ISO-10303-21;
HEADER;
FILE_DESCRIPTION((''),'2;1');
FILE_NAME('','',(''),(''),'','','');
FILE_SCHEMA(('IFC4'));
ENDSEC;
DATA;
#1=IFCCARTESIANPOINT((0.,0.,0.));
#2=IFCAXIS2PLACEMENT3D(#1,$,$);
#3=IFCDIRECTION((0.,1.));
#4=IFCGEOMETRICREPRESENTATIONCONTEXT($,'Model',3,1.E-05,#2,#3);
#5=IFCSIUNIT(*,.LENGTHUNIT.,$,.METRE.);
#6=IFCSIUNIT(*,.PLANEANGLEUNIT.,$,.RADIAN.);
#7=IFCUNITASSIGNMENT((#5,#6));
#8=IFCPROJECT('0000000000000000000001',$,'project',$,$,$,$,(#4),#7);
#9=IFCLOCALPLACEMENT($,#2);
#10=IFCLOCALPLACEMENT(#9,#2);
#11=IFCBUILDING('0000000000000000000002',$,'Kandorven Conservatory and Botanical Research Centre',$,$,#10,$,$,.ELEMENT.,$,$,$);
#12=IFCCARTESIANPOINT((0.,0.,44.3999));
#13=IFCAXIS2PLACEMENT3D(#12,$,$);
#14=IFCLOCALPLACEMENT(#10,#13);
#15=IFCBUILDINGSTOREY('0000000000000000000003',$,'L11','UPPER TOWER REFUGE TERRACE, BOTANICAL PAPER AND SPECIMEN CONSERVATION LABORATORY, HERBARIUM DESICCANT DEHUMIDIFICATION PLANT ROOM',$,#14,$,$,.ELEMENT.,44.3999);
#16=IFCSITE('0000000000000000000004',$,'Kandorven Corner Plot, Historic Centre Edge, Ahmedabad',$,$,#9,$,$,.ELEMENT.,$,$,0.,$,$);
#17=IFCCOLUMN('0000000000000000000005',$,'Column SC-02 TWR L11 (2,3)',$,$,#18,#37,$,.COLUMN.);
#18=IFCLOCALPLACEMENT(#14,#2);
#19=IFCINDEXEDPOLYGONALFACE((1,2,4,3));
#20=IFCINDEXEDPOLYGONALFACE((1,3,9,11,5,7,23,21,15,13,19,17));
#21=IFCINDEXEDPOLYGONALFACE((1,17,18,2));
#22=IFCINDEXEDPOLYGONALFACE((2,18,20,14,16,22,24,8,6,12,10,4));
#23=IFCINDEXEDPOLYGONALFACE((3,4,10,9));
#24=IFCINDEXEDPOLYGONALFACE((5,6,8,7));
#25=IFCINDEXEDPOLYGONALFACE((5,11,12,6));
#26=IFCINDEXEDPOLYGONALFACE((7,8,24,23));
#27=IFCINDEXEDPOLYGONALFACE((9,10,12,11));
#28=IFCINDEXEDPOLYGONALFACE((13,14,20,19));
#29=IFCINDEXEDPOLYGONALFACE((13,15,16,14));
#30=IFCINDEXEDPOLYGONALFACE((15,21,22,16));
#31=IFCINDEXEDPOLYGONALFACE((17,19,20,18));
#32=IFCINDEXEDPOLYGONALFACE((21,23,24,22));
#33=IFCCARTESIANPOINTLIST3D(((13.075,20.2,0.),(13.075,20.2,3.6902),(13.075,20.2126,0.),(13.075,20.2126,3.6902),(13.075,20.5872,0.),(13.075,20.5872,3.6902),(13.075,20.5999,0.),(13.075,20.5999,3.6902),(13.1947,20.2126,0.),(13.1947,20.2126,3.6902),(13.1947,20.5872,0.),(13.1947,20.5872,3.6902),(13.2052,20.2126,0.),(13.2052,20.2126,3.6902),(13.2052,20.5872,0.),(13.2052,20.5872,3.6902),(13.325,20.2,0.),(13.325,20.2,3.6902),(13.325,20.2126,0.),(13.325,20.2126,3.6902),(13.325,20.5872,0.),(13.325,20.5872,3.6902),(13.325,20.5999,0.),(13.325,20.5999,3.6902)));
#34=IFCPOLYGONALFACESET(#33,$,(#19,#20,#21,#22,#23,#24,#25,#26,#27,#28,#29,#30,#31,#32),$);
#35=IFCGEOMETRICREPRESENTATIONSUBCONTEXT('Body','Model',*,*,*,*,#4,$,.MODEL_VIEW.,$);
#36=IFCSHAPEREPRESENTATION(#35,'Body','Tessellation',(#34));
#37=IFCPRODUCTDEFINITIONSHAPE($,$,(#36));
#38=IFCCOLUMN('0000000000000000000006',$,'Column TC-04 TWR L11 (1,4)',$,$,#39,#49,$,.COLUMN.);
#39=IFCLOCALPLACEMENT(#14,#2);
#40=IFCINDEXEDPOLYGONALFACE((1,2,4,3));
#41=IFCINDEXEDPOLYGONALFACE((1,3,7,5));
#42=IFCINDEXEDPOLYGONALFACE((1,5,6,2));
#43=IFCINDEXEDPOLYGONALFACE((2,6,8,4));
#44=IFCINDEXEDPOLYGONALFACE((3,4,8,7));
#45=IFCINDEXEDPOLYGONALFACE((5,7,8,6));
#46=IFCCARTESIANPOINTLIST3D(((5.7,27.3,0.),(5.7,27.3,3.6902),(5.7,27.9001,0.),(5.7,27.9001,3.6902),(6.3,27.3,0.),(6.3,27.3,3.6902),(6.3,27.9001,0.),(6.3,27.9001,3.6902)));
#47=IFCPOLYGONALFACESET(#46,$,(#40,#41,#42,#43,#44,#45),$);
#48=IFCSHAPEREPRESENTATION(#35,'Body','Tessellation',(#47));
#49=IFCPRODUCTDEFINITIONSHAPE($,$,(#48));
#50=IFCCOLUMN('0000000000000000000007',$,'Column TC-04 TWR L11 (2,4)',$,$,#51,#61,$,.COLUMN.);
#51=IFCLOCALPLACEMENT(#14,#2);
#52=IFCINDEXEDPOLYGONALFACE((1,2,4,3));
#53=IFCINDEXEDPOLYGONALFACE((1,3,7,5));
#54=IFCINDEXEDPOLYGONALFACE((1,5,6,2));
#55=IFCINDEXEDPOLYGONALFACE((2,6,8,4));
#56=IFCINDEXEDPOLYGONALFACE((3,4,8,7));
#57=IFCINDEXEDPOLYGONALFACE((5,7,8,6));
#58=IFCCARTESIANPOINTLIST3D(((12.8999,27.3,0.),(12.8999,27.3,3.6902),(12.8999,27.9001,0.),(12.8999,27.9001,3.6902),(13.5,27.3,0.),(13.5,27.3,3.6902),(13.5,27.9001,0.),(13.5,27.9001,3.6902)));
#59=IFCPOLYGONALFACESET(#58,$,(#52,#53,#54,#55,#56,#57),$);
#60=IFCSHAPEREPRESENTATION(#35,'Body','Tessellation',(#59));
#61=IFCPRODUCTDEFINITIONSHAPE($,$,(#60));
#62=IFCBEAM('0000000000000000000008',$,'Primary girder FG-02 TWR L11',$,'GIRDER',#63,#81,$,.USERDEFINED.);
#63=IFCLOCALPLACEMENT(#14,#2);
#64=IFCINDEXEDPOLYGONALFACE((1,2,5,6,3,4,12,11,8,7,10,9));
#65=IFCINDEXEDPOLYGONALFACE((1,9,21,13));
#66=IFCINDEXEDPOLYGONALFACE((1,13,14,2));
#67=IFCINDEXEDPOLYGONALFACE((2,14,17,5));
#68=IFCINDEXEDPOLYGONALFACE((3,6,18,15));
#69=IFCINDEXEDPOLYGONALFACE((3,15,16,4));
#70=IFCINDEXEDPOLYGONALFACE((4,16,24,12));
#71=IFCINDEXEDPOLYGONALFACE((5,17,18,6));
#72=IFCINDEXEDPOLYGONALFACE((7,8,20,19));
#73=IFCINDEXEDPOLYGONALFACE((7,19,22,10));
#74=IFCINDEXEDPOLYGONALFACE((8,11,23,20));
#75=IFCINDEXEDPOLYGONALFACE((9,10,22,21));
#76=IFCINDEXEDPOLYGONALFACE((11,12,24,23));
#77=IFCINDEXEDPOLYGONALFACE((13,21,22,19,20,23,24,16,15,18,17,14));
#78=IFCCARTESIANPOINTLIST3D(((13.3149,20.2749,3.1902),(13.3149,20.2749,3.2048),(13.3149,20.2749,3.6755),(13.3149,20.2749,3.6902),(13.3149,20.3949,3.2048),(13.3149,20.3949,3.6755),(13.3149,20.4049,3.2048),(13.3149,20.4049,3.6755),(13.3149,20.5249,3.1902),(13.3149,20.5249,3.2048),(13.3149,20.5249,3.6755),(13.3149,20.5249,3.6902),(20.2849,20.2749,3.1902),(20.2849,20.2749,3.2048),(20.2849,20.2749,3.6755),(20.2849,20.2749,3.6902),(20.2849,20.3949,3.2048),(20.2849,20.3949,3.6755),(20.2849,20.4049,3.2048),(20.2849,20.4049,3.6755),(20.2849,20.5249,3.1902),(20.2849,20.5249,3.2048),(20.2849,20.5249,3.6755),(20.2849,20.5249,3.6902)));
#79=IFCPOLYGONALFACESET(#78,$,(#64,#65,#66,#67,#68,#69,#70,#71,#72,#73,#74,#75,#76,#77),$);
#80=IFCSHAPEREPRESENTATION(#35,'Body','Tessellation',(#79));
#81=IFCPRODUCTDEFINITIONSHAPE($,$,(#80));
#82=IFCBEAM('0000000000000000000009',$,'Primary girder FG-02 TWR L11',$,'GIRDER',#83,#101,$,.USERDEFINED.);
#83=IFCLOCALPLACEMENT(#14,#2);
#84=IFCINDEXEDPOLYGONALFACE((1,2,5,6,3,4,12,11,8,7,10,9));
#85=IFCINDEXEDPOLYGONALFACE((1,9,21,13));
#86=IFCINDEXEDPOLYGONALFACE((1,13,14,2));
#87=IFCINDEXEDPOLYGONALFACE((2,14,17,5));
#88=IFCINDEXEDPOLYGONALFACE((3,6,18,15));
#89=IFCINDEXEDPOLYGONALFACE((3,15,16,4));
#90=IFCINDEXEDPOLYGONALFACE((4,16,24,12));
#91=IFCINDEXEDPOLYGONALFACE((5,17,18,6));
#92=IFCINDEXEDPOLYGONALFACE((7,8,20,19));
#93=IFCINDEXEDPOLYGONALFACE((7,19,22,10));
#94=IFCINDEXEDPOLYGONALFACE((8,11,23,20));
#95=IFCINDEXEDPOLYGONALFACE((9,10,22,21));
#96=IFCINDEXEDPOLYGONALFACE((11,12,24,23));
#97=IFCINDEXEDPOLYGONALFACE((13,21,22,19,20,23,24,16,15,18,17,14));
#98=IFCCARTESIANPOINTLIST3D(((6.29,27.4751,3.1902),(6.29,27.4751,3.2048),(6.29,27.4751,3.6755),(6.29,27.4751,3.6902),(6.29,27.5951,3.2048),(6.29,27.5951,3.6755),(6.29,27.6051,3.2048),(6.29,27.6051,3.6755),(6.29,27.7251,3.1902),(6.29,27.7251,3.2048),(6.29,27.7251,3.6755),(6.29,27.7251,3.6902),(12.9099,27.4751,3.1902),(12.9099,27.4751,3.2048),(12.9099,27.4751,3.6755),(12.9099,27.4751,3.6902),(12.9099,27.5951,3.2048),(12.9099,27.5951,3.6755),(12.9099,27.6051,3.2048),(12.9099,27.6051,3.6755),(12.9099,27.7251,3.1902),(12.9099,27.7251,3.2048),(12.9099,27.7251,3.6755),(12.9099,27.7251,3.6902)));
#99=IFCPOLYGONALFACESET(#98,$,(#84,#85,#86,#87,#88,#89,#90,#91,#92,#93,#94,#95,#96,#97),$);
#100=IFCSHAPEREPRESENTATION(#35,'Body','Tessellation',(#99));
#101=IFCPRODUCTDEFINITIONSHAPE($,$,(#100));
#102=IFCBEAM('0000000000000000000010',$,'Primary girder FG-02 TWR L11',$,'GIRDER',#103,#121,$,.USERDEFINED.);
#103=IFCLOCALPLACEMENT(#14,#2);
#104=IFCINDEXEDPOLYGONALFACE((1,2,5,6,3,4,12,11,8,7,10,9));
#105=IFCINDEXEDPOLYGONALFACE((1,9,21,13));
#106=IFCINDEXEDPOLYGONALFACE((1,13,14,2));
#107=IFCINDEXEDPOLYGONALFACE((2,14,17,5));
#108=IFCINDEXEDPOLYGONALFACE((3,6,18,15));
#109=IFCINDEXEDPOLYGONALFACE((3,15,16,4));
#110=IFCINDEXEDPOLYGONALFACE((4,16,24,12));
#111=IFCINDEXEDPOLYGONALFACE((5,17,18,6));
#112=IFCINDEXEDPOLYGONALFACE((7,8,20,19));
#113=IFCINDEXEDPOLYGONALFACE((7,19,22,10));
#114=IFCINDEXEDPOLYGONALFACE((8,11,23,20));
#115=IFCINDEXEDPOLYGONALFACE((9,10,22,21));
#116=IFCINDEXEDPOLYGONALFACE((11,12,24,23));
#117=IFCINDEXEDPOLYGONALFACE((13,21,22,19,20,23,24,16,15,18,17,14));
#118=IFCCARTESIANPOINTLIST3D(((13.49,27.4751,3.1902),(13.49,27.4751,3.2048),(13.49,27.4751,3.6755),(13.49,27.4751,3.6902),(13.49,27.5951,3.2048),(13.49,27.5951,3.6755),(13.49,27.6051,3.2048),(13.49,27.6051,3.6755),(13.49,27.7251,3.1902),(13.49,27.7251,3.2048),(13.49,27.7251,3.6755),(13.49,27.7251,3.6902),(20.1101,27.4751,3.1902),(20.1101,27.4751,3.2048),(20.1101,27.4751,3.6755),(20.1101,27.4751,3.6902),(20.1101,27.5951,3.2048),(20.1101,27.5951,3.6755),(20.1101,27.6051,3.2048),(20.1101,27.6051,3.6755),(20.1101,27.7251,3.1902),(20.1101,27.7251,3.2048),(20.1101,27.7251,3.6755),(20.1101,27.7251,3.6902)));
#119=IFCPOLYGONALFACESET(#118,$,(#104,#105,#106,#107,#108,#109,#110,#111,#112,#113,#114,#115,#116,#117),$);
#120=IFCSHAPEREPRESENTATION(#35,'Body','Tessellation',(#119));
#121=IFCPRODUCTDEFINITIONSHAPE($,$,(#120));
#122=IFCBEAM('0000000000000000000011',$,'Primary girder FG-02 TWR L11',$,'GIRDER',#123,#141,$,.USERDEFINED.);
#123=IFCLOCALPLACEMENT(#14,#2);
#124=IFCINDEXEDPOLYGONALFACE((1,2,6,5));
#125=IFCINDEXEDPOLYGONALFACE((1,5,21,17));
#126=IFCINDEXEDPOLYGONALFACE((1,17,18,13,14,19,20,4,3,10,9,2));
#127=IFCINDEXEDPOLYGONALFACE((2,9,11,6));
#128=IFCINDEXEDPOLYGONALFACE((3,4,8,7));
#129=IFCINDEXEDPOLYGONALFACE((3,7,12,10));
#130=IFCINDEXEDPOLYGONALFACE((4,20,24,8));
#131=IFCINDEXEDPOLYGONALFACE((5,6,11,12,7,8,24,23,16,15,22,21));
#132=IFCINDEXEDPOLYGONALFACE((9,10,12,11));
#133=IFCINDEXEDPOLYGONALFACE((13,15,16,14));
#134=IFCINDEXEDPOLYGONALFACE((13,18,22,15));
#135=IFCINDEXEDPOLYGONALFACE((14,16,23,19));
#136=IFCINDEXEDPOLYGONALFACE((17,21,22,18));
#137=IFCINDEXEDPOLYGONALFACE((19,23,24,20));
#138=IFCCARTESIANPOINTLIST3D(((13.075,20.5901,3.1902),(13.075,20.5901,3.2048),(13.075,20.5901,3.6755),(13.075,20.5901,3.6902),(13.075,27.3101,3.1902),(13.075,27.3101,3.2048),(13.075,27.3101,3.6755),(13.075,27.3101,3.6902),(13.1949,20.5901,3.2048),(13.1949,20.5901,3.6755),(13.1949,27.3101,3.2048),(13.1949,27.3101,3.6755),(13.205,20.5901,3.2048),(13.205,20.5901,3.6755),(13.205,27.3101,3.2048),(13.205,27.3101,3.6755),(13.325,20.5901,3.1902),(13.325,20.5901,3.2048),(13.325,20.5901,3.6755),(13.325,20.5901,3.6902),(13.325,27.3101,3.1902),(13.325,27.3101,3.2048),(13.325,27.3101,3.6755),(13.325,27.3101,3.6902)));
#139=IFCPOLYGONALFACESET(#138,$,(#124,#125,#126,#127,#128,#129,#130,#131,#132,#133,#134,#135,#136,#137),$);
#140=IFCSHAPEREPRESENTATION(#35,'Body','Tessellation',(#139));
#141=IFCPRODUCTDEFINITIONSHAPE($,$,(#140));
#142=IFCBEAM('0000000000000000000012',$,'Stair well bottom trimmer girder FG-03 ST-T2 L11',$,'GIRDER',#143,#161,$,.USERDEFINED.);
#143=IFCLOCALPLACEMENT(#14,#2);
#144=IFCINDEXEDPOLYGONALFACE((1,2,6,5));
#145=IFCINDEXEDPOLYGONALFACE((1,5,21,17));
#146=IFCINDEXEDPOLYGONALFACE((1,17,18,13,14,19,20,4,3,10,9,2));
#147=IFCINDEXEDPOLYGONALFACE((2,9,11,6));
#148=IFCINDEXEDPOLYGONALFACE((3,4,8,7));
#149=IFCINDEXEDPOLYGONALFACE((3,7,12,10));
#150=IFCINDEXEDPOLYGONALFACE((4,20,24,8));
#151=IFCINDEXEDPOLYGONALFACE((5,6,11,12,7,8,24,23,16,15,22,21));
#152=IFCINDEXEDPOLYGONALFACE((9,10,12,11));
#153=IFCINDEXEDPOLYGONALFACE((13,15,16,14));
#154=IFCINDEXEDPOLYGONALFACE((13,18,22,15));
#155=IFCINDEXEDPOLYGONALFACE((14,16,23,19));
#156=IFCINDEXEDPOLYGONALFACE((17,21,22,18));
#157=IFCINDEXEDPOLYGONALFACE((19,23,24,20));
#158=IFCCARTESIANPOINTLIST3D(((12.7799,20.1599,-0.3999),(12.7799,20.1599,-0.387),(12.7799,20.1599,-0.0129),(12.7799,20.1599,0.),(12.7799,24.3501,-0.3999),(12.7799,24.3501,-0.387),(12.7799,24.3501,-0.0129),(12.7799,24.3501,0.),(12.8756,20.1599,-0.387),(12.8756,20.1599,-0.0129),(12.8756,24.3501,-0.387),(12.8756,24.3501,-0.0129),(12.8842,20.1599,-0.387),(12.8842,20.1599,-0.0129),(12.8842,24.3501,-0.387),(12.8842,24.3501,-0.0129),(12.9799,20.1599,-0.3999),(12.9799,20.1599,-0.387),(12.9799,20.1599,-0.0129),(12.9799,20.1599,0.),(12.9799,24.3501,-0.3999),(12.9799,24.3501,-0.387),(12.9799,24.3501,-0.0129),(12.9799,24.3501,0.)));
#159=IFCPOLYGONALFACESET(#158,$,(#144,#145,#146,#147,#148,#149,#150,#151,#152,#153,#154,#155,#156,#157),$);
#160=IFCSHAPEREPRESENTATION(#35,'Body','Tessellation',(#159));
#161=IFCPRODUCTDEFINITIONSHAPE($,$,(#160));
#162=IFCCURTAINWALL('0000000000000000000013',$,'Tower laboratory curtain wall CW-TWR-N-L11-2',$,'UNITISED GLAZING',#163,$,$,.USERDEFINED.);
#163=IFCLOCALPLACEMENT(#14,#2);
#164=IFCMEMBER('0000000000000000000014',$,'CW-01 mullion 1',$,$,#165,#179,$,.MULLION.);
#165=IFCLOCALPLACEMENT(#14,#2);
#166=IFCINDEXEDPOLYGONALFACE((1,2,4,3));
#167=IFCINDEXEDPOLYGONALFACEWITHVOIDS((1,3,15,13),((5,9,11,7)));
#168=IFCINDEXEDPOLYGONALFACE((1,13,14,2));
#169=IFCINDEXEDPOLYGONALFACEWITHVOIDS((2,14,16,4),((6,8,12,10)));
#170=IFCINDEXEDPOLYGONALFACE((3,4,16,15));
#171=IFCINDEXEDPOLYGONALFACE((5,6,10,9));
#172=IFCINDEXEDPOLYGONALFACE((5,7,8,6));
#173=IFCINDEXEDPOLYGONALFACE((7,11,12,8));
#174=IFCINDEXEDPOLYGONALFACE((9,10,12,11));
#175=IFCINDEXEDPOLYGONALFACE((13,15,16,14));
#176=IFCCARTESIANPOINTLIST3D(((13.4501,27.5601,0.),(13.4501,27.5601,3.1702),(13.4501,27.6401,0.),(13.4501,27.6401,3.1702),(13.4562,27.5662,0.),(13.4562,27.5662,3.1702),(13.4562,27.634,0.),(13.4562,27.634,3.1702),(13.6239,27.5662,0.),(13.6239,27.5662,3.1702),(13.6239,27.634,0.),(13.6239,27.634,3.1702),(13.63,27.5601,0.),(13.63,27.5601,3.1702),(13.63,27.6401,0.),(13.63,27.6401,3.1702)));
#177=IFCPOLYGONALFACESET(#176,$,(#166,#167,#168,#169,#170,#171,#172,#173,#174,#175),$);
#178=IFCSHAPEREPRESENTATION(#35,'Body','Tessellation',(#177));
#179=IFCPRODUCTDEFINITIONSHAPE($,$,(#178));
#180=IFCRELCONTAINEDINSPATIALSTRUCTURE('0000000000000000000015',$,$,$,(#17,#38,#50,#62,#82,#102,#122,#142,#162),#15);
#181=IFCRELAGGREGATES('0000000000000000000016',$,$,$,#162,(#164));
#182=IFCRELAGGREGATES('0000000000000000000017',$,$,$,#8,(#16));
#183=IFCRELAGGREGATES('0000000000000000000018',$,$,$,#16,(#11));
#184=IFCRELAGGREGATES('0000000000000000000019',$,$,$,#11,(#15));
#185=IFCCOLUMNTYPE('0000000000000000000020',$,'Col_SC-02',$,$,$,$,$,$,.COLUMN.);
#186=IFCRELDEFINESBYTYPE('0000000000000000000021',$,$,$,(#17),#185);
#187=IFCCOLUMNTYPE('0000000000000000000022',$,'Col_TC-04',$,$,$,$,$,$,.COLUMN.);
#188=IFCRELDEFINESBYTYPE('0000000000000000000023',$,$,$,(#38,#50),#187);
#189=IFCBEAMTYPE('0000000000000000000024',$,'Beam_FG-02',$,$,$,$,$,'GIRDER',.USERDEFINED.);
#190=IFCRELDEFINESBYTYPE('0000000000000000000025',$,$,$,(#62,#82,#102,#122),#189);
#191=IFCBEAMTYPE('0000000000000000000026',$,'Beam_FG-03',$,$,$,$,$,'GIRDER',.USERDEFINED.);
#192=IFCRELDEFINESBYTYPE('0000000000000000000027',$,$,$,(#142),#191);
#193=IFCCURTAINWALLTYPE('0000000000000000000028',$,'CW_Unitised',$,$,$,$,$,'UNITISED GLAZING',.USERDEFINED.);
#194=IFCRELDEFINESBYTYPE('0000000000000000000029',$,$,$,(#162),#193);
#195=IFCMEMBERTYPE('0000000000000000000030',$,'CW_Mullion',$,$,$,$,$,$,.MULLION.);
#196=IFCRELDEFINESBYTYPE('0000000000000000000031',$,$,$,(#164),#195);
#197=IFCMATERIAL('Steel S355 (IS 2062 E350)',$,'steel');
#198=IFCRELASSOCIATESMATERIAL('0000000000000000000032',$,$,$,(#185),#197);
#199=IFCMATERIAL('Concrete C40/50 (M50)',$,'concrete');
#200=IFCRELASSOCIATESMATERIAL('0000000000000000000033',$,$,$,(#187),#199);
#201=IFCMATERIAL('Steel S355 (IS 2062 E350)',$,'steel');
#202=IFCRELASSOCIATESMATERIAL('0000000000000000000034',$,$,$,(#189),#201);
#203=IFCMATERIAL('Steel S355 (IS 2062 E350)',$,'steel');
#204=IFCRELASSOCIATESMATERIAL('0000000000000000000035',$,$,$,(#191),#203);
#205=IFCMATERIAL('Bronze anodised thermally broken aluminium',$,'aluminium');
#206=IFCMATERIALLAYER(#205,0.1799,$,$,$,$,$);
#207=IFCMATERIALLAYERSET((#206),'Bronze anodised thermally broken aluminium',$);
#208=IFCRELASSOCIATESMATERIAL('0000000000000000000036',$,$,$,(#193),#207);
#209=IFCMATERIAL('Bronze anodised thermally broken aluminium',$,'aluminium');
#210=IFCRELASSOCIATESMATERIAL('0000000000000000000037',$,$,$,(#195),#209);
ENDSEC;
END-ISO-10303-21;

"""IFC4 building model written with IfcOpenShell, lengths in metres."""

from ifc_helpers import new_model, si_unit, direction, frame, origin, origin_2d, place, context, subcontext, project, spatial, rectangle, hollow_rectangle, i_section, extrude, material, layer, layer_set, material_profile, profile_set, type_object, element, aggregate, save


model = new_model("IFC4")

# Units and contexts
model_context = context("Model", 3, precision=1e-05, world=origin(), true_north=direction((0.0, 1.0)))
body_context = subcontext(model_context, "Body", "Model", "MODEL_VIEW")
ifc_project = project(units=[si_unit("LENGTHUNIT", "METRE"), si_unit("PLANEANGLEUNIT", "RADIAN")], contexts=[model_context])

# Site, building, storey
site_placement = place(None, origin())
site = spatial("IfcSite", under=ifc_project, at=site_placement, Name="Kandorven Corner Plot, Historic Centre Edge, Ahmedabad", CompositionType="ELEMENT", RefElevation=0.0)
building_placement = place(site_placement, origin())
building = spatial("IfcBuilding", under=site, at=building_placement, Name="Kandorven Conservatory and Botanical Research Centre", CompositionType="ELEMENT")
storey_placement = place(building_placement, frame((0.0, 0.0, 44.3999)))
storey = spatial("IfcBuildingStorey", under=building, at=storey_placement, Name="L11", Description="UPPER TOWER REFUGE TERRACE, BOTANICAL PAPER AND SPECIMEN CONSERVATION LABORATORY, HERBARIUM DESICCANT DEHUMIDIFICATION PLANT ROOM", CompositionType="ELEMENT", Elevation=44.3999)

# Columns
ifc_material_1 = material(Name="Steel S355 (IS 2062 E350)", Category="steel")
ifc_material_profile_1 = material_profile(ifc_material_1, i_section(OverallWidth=0.25, OverallDepth=0.3999, WebThickness=0.0105, FlangeThickness=0.0127, at=origin_2d()))
ifc_profile_set_1 = profile_set([ifc_material_profile_1], Name="Steel S355 (IS 2062 E350)")
column_type_1 = type_object("IfcColumnType", Name="Col_SC-02", PredefinedType="COLUMN", material=ifc_profile_set_1)
column_placement = place(storey_placement, frame((13.2, 20.3999, 0.0), z_axis=(0.0, 0.0, 1.0), x_axis=(1.0, 0.0, 0.0)))
element("IfcColumn", 1, at=column_placement, inside=storey, type_object=column_type_1, Name="Column SC-02 TWR L11 (2,3)", PredefinedType="COLUMN", context=body_context, shape_type="SweptSolid", body=[
    extrude(i_section(OverallWidth=0.25, OverallDepth=0.3999, WebThickness=0.0105, FlangeThickness=0.0127, at=origin_2d()), origin(), (0.0, 0.0, 1.0), 3.6902),
])
ifc_material_2 = material(Name="Concrete C40/50 (M50)", Category="concrete")
ifc_material_profile_2 = material_profile(ifc_material_2, rectangle(XDim=0.6001, YDim=0.6001, at=origin_2d()))
ifc_profile_set_2 = profile_set([ifc_material_profile_2], Name="Concrete C40/50 (M50)")
column_type_2 = type_object("IfcColumnType", Name="Col_TC-04", PredefinedType="COLUMN", material=ifc_profile_set_2)
for number, where, z_axis, x_axis, name in (
    (2, (6.0, 27.6001, 0.0), (0.0, 0.0, 1.0), (1.0, 0.0, 0.0), "Column TC-04 TWR L11 (1,4)"),
    (3, (13.2, 27.6001, 0.0), (0.0, 0.0, 1.0), (1.0, 0.0, 0.0), "Column TC-04 TWR L11 (2,4)"),
):
    element("IfcColumn", number, at=place(storey_placement, frame(where, z_axis=z_axis, x_axis=x_axis)), inside=storey, type_object=column_type_2, Name=name, PredefinedType="COLUMN", context=body_context, shape_type="SweptSolid", body=[
        extrude(rectangle(XDim=0.6001, YDim=0.6001, at=origin_2d()), origin(), (0.0, 0.0, 1.0), 3.6902),
    ])

# Beams
ifc_material_3 = material(Name="Steel S355 (IS 2062 E350)", Category="steel")
ifc_material_profile_3 = material_profile(ifc_material_3, i_section(OverallWidth=0.25, OverallDepth=0.5, WebThickness=0.01, FlangeThickness=0.0146, at=origin_2d()))
ifc_profile_set_3 = profile_set([ifc_material_profile_3], Name="Steel S355 (IS 2062 E350)")
beam_type_1 = type_object("IfcBeamType", Name="Beam_FG-02", ElementType="GIRDER", PredefinedType="USERDEFINED", material=ifc_profile_set_3)
beam_1_placement = place(storey_placement, frame((13.3149, 20.3999, 3.4402), z_axis=(1.0, 0.0, 0.0), x_axis=(0.0, 1.0, 0.0)))
element("IfcBeam", 4, at=beam_1_placement, inside=storey, type_object=beam_type_1, Name="Primary girder FG-02 TWR L11", ObjectType="GIRDER", PredefinedType="USERDEFINED", context=body_context, shape_type="SweptSolid", body=[
    extrude(i_section(OverallWidth=0.25, OverallDepth=0.5, WebThickness=0.01, FlangeThickness=0.0146, at=origin_2d()), origin(), (0.0, 0.0, 1.0), 6.97),
])
beam_2_placement = place(storey_placement, frame((6.29, 27.6001, 3.4402), z_axis=(1.0, 0.0, 0.0), x_axis=(0.0, 1.0, 0.0)))
element("IfcBeam", 5, at=beam_2_placement, inside=storey, type_object=beam_type_1, Name="Primary girder FG-02 TWR L11", ObjectType="GIRDER", PredefinedType="USERDEFINED", context=body_context, shape_type="SweptSolid", body=[
    extrude(i_section(OverallWidth=0.25, OverallDepth=0.5, WebThickness=0.01, FlangeThickness=0.0146, at=origin_2d()), origin(), (0.0, 0.0, 1.0), 6.6199),
])
beam_3_placement = place(storey_placement, frame((13.49, 27.6001, 3.4402), z_axis=(1.0, 0.0, 0.0), x_axis=(0.0, 1.0, 0.0)))
element("IfcBeam", 6, at=beam_3_placement, inside=storey, type_object=beam_type_1, Name="Primary girder FG-02 TWR L11", ObjectType="GIRDER", PredefinedType="USERDEFINED", context=body_context, shape_type="SweptSolid", body=[
    extrude(i_section(OverallWidth=0.25, OverallDepth=0.5, WebThickness=0.01, FlangeThickness=0.0146, at=origin_2d()), origin(), (0.0, 0.0, 1.0), 6.6201),
])
beam_4_placement = place(storey_placement, frame((13.2, 20.5901, 3.4402), z_axis=(0.0, 1.0, 0.0), x_axis=(-1.0, 0.0, 0.0)))
element("IfcBeam", 7, at=beam_4_placement, inside=storey, type_object=beam_type_1, Name="Primary girder FG-02 TWR L11", ObjectType="GIRDER", PredefinedType="USERDEFINED", context=body_context, shape_type="SweptSolid", body=[
    extrude(i_section(OverallWidth=0.25, OverallDepth=0.5, WebThickness=0.01, FlangeThickness=0.0146, at=origin_2d()), origin(), (0.0, 0.0, 1.0), 6.72),
])
ifc_material_4 = material(Name="Steel S355 (IS 2062 E350)", Category="steel")
ifc_material_profile_4 = material_profile(ifc_material_4, i_section(OverallWidth=0.2, OverallDepth=0.3999, WebThickness=0.0085, FlangeThickness=0.0129, at=origin_2d()))
ifc_profile_set_4 = profile_set([ifc_material_profile_4], Name="Steel S355 (IS 2062 E350)")
beam_type_2 = type_object("IfcBeamType", Name="Beam_FG-03", ElementType="GIRDER", PredefinedType="USERDEFINED", material=ifc_profile_set_4)
beam_5_placement = place(storey_placement, frame((12.8799, 24.3501, -0.2), z_axis=(0.0, -1.0, 0.0), x_axis=(1.0, 0.0, 0.0)))
element("IfcBeam", 8, at=beam_5_placement, inside=storey, type_object=beam_type_2, Name="Stair well bottom trimmer girder FG-03 ST-T2 L11", ObjectType="GIRDER", PredefinedType="USERDEFINED", context=body_context, shape_type="SweptSolid", body=[
    extrude(i_section(OverallWidth=0.2, OverallDepth=0.3999, WebThickness=0.0085, FlangeThickness=0.0129, at=origin_2d()), origin(), (0.0, 0.0, 1.0), 4.1902),
])

# Curtain wall, member
ifc_material_5 = material(Name="Bronze anodised thermally broken aluminium", Category="aluminium")
ifc_layer_1 = layer(ifc_material_5, 0.1799)
ifc_layer_set_1 = layer_set([ifc_layer_1], Name="Bronze anodised thermally broken aluminium")
curtain_wall_type = type_object("IfcCurtainWallType", Name="CW_Unitised", ElementType="UNITISED GLAZING", PredefinedType="USERDEFINED", material=ifc_layer_set_1)
curtain_wall_1_placement = place(storey_placement, origin())
curtain_wall_1 = element("IfcCurtainWall", 9, at=curtain_wall_1_placement, inside=storey, type_object=curtain_wall_type, Name="Tower laboratory curtain wall CW-TWR-N-L11-2", ObjectType="UNITISED GLAZING", PredefinedType="USERDEFINED")
ifc_material_6 = material(Name="Bronze anodised thermally broken aluminium", Category="aluminium")
ifc_material_profile_5 = material_profile(ifc_material_6, hollow_rectangle(XDim=0.0801, YDim=0.1799, WallThickness=0.0061, at=origin_2d()))
ifc_profile_set_5 = profile_set([ifc_material_profile_5], Name="Bronze anodised thermally broken aluminium")
member_type_1 = type_object("IfcMemberType", Name="CW_Mullion", PredefinedType="MULLION", material=ifc_profile_set_5)
member_1_placement = place(storey_placement, frame((13.54, 27.6001, 0.0), z_axis=(0.0, 0.0, 1.0), x_axis=(0.0, 1.0, 0.0)))
member_1 = element("IfcMember", 10, at=member_1_placement, type_object=member_type_1, Name="CW-01 mullion 1", PredefinedType="MULLION", context=body_context, shape_type="SweptSolid", body=[
    extrude(hollow_rectangle(XDim=0.0801, YDim=0.1799, WallThickness=0.0061, at=origin_2d()), origin(), (0.0, 0.0, 1.0), 3.1702),
])

aggregate(curtain_wall_1, [member_1])

save(model, "model.ifc")
